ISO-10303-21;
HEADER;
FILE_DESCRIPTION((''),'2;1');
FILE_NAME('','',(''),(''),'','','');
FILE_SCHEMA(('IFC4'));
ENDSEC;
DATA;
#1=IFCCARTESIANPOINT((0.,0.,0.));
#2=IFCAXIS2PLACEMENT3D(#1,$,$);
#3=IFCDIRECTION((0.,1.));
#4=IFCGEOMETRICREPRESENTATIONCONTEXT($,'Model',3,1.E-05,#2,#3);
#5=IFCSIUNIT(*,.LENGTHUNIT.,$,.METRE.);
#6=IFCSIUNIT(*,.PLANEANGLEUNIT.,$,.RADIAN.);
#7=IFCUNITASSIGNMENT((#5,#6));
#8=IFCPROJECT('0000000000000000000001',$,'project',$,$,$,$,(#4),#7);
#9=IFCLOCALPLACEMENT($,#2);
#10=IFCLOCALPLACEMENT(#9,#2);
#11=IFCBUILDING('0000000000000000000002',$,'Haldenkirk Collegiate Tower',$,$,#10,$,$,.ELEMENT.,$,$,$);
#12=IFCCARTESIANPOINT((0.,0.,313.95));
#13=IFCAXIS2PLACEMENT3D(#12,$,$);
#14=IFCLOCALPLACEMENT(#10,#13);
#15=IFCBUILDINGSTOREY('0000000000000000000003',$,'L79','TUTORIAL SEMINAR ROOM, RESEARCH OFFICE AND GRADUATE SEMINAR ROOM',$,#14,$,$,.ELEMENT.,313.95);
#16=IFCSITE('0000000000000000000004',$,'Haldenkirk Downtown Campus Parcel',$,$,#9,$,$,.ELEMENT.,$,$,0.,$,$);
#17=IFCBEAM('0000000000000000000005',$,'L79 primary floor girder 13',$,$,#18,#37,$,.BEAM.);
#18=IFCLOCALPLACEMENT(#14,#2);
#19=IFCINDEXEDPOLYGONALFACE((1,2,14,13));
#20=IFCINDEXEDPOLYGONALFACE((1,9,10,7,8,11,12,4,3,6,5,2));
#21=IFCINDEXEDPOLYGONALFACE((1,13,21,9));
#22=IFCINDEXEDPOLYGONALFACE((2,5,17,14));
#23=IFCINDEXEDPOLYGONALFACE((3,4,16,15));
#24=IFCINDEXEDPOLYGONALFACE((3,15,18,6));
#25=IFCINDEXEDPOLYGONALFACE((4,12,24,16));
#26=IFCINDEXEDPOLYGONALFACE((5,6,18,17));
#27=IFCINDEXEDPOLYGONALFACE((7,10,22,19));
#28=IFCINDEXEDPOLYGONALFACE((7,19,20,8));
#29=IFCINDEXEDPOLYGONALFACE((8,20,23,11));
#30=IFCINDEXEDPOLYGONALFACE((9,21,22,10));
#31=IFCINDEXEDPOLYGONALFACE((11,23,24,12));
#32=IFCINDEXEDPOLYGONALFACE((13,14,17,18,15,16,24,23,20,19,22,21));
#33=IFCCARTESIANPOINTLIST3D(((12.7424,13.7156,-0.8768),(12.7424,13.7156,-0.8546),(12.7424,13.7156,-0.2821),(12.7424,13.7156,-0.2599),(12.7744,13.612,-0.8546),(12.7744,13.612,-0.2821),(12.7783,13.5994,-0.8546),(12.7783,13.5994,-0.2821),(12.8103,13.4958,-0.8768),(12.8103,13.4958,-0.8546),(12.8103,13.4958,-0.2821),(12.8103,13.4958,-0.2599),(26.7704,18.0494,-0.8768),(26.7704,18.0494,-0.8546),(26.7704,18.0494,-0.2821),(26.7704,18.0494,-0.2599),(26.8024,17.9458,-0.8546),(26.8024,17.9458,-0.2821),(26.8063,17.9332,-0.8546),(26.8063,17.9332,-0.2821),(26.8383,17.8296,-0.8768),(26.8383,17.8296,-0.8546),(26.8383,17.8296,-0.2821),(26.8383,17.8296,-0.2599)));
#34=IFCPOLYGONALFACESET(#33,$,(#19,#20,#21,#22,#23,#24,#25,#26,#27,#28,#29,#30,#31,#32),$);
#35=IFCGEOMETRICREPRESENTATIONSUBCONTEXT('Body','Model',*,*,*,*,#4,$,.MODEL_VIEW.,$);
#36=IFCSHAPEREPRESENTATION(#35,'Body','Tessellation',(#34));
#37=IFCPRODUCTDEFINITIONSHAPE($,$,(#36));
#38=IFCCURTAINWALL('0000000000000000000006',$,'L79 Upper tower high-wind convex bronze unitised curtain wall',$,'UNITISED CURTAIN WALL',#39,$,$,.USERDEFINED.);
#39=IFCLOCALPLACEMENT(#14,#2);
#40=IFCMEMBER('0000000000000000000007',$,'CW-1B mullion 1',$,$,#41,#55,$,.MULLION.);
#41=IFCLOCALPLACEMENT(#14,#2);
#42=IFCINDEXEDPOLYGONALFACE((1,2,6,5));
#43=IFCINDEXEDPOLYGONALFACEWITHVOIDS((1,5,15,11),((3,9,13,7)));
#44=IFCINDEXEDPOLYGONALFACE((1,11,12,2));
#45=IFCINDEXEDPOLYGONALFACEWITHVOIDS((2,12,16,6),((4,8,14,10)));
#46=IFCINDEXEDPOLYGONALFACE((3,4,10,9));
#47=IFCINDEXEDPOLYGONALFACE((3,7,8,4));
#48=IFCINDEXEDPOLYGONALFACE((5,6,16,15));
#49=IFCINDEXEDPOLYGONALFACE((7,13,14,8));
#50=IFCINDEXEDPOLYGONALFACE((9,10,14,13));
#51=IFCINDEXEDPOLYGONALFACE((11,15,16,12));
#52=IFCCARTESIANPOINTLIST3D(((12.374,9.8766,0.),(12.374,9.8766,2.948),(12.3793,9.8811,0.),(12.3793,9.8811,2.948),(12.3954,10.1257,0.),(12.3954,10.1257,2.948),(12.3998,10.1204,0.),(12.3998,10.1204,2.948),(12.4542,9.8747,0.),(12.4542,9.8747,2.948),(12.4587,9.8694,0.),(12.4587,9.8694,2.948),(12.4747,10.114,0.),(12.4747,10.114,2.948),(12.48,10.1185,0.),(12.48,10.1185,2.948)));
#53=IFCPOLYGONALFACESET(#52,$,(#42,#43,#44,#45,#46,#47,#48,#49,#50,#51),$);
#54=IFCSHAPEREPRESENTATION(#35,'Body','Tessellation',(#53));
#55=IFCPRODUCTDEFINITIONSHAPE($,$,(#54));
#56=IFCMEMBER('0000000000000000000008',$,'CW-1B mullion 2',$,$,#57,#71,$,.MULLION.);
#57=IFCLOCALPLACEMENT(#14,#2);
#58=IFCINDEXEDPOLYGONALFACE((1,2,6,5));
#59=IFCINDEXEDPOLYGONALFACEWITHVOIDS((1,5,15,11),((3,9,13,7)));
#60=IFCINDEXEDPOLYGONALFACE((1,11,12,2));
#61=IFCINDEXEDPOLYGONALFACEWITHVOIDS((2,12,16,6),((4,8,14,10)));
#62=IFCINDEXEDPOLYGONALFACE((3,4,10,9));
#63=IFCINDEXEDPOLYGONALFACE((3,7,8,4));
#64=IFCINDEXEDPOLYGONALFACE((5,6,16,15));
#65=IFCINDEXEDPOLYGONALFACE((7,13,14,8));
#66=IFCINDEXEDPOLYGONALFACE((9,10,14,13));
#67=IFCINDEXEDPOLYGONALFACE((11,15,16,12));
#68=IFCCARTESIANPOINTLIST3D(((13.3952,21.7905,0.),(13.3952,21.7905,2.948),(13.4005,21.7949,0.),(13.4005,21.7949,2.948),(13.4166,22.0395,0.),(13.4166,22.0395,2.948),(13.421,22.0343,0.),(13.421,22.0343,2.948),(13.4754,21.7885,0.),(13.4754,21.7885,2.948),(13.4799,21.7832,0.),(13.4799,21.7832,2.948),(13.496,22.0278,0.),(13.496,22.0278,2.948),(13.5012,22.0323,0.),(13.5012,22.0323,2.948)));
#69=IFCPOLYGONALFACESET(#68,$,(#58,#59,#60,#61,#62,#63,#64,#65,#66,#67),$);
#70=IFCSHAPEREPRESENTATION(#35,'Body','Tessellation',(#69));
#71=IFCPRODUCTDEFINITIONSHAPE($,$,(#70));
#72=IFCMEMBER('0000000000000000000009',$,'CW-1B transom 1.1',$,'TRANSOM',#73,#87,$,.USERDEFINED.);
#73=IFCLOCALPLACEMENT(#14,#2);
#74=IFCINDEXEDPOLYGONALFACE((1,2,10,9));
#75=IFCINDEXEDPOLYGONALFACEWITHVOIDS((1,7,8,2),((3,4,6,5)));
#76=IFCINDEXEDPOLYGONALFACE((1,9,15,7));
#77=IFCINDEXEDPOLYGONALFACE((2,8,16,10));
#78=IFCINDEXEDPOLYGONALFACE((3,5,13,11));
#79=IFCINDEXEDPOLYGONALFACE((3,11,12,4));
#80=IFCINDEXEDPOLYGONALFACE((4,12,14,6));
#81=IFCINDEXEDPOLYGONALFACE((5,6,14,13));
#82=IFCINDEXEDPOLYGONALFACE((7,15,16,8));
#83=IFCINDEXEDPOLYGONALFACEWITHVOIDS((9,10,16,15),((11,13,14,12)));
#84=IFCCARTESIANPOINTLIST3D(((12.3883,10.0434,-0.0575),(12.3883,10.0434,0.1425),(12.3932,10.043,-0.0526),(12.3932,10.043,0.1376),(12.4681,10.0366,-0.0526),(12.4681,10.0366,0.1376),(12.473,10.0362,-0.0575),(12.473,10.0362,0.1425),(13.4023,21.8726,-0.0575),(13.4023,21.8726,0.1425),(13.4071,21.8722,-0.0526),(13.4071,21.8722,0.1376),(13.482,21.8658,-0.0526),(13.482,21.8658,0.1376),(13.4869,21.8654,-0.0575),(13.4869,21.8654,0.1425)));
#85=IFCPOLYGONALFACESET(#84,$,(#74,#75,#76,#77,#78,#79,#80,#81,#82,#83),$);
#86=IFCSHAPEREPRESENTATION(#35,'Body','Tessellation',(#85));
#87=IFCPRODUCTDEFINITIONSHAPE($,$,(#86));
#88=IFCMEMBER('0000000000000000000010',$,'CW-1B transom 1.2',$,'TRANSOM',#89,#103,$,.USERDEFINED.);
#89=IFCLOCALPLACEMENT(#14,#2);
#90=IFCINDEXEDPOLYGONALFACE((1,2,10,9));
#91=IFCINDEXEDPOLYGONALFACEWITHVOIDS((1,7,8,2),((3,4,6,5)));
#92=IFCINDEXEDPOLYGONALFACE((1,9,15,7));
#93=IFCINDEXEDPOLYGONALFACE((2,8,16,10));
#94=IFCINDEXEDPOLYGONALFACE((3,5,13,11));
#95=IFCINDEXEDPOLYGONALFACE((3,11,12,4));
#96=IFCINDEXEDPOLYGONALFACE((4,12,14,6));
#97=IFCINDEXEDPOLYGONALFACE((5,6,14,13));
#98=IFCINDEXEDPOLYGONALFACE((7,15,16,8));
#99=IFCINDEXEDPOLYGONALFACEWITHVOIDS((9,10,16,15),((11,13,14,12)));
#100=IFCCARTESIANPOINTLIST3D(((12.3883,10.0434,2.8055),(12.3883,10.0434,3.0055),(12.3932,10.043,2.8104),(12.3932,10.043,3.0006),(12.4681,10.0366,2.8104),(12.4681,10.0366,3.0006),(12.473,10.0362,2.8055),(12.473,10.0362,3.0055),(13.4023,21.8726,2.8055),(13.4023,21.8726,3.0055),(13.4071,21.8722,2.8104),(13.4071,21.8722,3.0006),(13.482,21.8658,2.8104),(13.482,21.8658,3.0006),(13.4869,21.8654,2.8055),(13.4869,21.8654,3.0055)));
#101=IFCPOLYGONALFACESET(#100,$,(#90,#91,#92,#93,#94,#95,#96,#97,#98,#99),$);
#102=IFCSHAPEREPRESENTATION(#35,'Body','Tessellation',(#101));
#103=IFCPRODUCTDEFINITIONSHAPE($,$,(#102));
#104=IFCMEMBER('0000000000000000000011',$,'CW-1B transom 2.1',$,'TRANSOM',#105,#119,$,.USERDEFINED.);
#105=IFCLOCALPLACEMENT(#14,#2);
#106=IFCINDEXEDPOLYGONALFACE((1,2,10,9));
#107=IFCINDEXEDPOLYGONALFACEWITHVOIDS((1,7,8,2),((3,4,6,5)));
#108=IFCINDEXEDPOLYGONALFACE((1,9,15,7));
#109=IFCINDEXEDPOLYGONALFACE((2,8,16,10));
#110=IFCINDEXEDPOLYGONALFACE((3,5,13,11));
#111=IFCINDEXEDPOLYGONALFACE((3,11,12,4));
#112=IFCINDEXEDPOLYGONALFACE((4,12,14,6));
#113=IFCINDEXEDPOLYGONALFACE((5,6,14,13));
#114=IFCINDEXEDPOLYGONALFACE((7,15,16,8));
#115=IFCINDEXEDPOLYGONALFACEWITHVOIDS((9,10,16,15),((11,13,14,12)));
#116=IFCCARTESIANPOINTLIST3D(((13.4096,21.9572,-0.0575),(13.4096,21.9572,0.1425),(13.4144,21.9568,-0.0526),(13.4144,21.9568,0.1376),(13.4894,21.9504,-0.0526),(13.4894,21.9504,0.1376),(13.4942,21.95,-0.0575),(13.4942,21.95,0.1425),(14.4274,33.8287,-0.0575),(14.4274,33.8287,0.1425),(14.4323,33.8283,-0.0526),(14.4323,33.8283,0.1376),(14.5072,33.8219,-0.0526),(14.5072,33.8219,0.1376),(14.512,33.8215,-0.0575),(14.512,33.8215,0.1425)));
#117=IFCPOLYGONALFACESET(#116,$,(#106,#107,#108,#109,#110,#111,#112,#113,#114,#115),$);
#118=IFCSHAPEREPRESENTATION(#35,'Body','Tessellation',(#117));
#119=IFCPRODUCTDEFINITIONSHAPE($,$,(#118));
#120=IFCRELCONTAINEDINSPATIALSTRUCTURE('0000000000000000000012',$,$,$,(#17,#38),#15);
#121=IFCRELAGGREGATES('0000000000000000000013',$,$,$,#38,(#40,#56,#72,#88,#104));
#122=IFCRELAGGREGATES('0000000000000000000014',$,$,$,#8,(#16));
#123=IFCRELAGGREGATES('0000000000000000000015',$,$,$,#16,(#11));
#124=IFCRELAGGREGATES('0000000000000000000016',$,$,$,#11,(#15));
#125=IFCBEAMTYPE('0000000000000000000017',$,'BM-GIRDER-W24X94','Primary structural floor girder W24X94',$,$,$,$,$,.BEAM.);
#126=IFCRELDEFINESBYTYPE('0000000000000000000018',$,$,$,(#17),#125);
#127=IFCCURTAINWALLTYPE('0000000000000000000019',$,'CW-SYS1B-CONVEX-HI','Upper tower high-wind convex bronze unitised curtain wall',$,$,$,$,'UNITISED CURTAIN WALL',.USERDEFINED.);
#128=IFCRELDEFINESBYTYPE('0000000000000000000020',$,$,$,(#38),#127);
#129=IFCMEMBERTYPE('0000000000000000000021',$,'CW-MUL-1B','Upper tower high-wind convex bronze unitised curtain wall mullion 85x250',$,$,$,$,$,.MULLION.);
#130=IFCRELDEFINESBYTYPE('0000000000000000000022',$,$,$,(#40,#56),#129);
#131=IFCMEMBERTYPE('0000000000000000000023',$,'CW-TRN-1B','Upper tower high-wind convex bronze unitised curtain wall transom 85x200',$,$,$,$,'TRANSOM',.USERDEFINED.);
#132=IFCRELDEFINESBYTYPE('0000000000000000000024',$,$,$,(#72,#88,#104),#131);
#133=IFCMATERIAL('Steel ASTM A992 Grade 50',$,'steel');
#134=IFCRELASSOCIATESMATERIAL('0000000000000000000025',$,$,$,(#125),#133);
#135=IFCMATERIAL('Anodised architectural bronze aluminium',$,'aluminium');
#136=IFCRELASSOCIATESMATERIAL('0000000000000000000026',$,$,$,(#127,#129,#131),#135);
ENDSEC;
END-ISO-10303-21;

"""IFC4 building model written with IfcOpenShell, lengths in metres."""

from ifc_helpers import new_model, si_unit, direction, frame, origin, origin_2d, place, context, subcontext, project, spatial, hollow_rectangle, i_section, extrude, material, material_profile, profile_set, type_object, element, aggregate, save


model = new_model("IFC4")

# Units and contexts
model_context = context("Model", 3, precision=1e-05, world=origin(), true_north=direction((0.0, 1.0)))
body_context = subcontext(model_context, "Body", "Model", "MODEL_VIEW")
ifc_project = project(units=[si_unit("LENGTHUNIT", "METRE"), si_unit("PLANEANGLEUNIT", "RADIAN")], contexts=[model_context])

# Site, building, storey
site_placement = place(None, origin())
site = spatial("IfcSite", under=ifc_project, at=site_placement, Name="Haldenkirk Downtown Campus Parcel", CompositionType="ELEMENT", RefElevation=0.0)
building_placement = place(site_placement, origin())
building = spatial("IfcBuilding", under=site, at=building_placement, Name="Haldenkirk Collegiate Tower", CompositionType="ELEMENT")
storey_placement = place(building_placement, frame((0.0, 0.0, 313.95)))
storey = spatial("IfcBuildingStorey", under=building, at=storey_placement, Name="L79", Description="TUTORIAL SEMINAR ROOM, RESEARCH OFFICE AND GRADUATE SEMINAR ROOM", CompositionType="ELEMENT", Elevation=313.95)

# Beam
ifc_material_1 = material(Name="Steel ASTM A992 Grade 50", Category="steel")
ifc_material_profile_1 = material_profile(ifc_material_1, i_section(OverallWidth=0.23, OverallDepth=0.6169, WebThickness=0.0132, FlangeThickness=0.0222, at=origin_2d()), Name="W24X94")
ifc_profile_set_1 = profile_set([ifc_material_profile_1], Name="Steel ASTM A992 Grade 50")
beam_type = type_object("IfcBeamType", Name="BM-GIRDER-W24X94", Description="Primary structural floor girder W24X94", PredefinedType="BEAM", material=ifc_profile_set_1)
beam_placement = place(storey_placement, frame((12.7764, 13.6057, -0.5684), z_axis=(0.955444, 0.295174, 0.0), x_axis=(-0.295174, 0.955444, 0.0)))
element("IfcBeam", 1, at=beam_placement, inside=storey, type_object=beam_type, Name="L79 primary floor girder 13", PredefinedType="BEAM", context=body_context, shape_type="SweptSolid", body=[
    extrude(i_section(OverallWidth=0.23, OverallDepth=0.6169, WebThickness=0.0132, FlangeThickness=0.0222, at=origin_2d()), origin(), (0.0, 0.0, 1.0), 14.6821),
])

# Curtain wall, members
ifc_material_2 = material(Name="Anodised architectural bronze aluminium", Category="aluminium")
curtain_wall_type = type_object("IfcCurtainWallType", Name="CW-SYS1B-CONVEX-HI", Description="Upper tower high-wind convex bronze unitised curtain wall", ElementType="UNITISED CURTAIN WALL", PredefinedType="USERDEFINED", material=ifc_material_2)
curtain_wall_placement = place(storey_placement, origin())
curtain_wall = element("IfcCurtainWall", 2, at=curtain_wall_placement, inside=storey, type_object=curtain_wall_type, Name="L79 Upper tower high-wind convex bronze unitised curtain wall", ObjectType="UNITISED CURTAIN WALL", PredefinedType="USERDEFINED")
ifc_material_profile_2 = material_profile(ifc_material_2, hollow_rectangle(XDim=0.085, YDim=0.25, WallThickness=0.0049, at=origin_2d()), Name="CW-MUL-1B")
ifc_profile_set_2 = profile_set([ifc_material_profile_2], Name="Anodised architectural bronze aluminium")
member_type_1 = type_object("IfcMemberType", Name="CW-MUL-1B", Description="Upper tower high-wind convex bronze unitised curtain wall mullion 85x250", PredefinedType="MULLION", material=ifc_profile_set_2)
member_1_placement = place(storey_placement, frame((12.427, 9.9976, 0.0), z_axis=(0.0, 0.0, 1.0), x_axis=(-0.996345, 0.085417, 0.0)))
member_1 = element("IfcMember", 3, at=member_1_placement, type_object=member_type_1, Name="CW-1B mullion 1", PredefinedType="MULLION", context=body_context, shape_type="SweptSolid", body=[
    extrude(hollow_rectangle(XDim=0.085, YDim=0.25, WallThickness=0.0049, at=origin_2d()), origin(), (0.0, 0.0, 1.0), 2.948),
])
member_2_placement = place(storey_placement, frame((13.4482, 21.9114, 0.0), z_axis=(0.0, 0.0, 1.0), x_axis=(-0.996345, 0.085417, 0.0)))
member_2 = element("IfcMember", 4, at=member_2_placement, type_object=member_type_1, Name="CW-1B mullion 2", PredefinedType="MULLION", context=body_context, shape_type="SweptSolid", body=[
    extrude(hollow_rectangle(XDim=0.085, YDim=0.25, WallThickness=0.0049, at=origin_2d()), origin(), (0.0, 0.0, 1.0), 2.948),
])
ifc_material_profile_3 = material_profile(ifc_material_2, hollow_rectangle(XDim=0.085, YDim=0.2, WallThickness=0.0049, at=origin_2d()), Name="CW-TRN-1B")
ifc_profile_set_3 = profile_set([ifc_material_profile_3], Name="Anodised architectural bronze aluminium")
member_type_2 = type_object("IfcMemberType", Name="CW-TRN-1B", Description="Upper tower high-wind convex bronze unitised curtain wall transom 85x200", ElementType="TRANSOM", PredefinedType="USERDEFINED", material=ifc_profile_set_3)
member_3_placement = place(storey_placement, frame((12.4307, 10.0398, 0.0425), z_axis=(0.085401, 0.996347, 0.0), x_axis=(-0.996347, 0.085401, 0.0)))
member_3 = element("IfcMember", 5, at=member_3_placement, type_object=member_type_2, Name="CW-1B transom 1.1", ObjectType="TRANSOM", PredefinedType="USERDEFINED", context=body_context, shape_type="SweptSolid", body=[
    extrude(hollow_rectangle(XDim=0.085, YDim=0.2, WallThickness=0.0049, at=origin_2d()), origin(), (0.0, 0.0, 1.0), 11.8726),
])
member_4_placement = place(storey_placement, frame((12.4307, 10.0398, 2.9055), z_axis=(0.085401, 0.996347, 0.0), x_axis=(-0.996347, 0.085401, 0.0)))
member_4 = element("IfcMember", 6, at=member_4_placement, type_object=member_type_2, Name="CW-1B transom 1.2", ObjectType="TRANSOM", PredefinedType="USERDEFINED", context=body_context, shape_type="SweptSolid", body=[
    extrude(hollow_rectangle(XDim=0.085, YDim=0.2, WallThickness=0.0049, at=origin_2d()), origin(), (0.0, 0.0, 1.0), 11.8726),
])
member_5_placement = place(storey_placement, frame((13.4519, 21.9536, 0.0425), z_axis=(0.085423, 0.996345, 0.0), x_axis=(-0.996345, 0.085423, 0.0)))
member_5 = element("IfcMember", 7, at=member_5_placement, type_object=member_type_2, Name="CW-1B transom 2.1", ObjectType="TRANSOM", PredefinedType="USERDEFINED", context=body_context, shape_type="SweptSolid", body=[
    extrude(hollow_rectangle(XDim=0.085, YDim=0.2, WallThickness=0.0049, at=origin_2d()), origin(), (0.0, 0.0, 1.0), 11.915),
])

aggregate(curtain_wall, [member_1, member_2, member_3, member_4, member_5])

save(model, "model.ifc")
